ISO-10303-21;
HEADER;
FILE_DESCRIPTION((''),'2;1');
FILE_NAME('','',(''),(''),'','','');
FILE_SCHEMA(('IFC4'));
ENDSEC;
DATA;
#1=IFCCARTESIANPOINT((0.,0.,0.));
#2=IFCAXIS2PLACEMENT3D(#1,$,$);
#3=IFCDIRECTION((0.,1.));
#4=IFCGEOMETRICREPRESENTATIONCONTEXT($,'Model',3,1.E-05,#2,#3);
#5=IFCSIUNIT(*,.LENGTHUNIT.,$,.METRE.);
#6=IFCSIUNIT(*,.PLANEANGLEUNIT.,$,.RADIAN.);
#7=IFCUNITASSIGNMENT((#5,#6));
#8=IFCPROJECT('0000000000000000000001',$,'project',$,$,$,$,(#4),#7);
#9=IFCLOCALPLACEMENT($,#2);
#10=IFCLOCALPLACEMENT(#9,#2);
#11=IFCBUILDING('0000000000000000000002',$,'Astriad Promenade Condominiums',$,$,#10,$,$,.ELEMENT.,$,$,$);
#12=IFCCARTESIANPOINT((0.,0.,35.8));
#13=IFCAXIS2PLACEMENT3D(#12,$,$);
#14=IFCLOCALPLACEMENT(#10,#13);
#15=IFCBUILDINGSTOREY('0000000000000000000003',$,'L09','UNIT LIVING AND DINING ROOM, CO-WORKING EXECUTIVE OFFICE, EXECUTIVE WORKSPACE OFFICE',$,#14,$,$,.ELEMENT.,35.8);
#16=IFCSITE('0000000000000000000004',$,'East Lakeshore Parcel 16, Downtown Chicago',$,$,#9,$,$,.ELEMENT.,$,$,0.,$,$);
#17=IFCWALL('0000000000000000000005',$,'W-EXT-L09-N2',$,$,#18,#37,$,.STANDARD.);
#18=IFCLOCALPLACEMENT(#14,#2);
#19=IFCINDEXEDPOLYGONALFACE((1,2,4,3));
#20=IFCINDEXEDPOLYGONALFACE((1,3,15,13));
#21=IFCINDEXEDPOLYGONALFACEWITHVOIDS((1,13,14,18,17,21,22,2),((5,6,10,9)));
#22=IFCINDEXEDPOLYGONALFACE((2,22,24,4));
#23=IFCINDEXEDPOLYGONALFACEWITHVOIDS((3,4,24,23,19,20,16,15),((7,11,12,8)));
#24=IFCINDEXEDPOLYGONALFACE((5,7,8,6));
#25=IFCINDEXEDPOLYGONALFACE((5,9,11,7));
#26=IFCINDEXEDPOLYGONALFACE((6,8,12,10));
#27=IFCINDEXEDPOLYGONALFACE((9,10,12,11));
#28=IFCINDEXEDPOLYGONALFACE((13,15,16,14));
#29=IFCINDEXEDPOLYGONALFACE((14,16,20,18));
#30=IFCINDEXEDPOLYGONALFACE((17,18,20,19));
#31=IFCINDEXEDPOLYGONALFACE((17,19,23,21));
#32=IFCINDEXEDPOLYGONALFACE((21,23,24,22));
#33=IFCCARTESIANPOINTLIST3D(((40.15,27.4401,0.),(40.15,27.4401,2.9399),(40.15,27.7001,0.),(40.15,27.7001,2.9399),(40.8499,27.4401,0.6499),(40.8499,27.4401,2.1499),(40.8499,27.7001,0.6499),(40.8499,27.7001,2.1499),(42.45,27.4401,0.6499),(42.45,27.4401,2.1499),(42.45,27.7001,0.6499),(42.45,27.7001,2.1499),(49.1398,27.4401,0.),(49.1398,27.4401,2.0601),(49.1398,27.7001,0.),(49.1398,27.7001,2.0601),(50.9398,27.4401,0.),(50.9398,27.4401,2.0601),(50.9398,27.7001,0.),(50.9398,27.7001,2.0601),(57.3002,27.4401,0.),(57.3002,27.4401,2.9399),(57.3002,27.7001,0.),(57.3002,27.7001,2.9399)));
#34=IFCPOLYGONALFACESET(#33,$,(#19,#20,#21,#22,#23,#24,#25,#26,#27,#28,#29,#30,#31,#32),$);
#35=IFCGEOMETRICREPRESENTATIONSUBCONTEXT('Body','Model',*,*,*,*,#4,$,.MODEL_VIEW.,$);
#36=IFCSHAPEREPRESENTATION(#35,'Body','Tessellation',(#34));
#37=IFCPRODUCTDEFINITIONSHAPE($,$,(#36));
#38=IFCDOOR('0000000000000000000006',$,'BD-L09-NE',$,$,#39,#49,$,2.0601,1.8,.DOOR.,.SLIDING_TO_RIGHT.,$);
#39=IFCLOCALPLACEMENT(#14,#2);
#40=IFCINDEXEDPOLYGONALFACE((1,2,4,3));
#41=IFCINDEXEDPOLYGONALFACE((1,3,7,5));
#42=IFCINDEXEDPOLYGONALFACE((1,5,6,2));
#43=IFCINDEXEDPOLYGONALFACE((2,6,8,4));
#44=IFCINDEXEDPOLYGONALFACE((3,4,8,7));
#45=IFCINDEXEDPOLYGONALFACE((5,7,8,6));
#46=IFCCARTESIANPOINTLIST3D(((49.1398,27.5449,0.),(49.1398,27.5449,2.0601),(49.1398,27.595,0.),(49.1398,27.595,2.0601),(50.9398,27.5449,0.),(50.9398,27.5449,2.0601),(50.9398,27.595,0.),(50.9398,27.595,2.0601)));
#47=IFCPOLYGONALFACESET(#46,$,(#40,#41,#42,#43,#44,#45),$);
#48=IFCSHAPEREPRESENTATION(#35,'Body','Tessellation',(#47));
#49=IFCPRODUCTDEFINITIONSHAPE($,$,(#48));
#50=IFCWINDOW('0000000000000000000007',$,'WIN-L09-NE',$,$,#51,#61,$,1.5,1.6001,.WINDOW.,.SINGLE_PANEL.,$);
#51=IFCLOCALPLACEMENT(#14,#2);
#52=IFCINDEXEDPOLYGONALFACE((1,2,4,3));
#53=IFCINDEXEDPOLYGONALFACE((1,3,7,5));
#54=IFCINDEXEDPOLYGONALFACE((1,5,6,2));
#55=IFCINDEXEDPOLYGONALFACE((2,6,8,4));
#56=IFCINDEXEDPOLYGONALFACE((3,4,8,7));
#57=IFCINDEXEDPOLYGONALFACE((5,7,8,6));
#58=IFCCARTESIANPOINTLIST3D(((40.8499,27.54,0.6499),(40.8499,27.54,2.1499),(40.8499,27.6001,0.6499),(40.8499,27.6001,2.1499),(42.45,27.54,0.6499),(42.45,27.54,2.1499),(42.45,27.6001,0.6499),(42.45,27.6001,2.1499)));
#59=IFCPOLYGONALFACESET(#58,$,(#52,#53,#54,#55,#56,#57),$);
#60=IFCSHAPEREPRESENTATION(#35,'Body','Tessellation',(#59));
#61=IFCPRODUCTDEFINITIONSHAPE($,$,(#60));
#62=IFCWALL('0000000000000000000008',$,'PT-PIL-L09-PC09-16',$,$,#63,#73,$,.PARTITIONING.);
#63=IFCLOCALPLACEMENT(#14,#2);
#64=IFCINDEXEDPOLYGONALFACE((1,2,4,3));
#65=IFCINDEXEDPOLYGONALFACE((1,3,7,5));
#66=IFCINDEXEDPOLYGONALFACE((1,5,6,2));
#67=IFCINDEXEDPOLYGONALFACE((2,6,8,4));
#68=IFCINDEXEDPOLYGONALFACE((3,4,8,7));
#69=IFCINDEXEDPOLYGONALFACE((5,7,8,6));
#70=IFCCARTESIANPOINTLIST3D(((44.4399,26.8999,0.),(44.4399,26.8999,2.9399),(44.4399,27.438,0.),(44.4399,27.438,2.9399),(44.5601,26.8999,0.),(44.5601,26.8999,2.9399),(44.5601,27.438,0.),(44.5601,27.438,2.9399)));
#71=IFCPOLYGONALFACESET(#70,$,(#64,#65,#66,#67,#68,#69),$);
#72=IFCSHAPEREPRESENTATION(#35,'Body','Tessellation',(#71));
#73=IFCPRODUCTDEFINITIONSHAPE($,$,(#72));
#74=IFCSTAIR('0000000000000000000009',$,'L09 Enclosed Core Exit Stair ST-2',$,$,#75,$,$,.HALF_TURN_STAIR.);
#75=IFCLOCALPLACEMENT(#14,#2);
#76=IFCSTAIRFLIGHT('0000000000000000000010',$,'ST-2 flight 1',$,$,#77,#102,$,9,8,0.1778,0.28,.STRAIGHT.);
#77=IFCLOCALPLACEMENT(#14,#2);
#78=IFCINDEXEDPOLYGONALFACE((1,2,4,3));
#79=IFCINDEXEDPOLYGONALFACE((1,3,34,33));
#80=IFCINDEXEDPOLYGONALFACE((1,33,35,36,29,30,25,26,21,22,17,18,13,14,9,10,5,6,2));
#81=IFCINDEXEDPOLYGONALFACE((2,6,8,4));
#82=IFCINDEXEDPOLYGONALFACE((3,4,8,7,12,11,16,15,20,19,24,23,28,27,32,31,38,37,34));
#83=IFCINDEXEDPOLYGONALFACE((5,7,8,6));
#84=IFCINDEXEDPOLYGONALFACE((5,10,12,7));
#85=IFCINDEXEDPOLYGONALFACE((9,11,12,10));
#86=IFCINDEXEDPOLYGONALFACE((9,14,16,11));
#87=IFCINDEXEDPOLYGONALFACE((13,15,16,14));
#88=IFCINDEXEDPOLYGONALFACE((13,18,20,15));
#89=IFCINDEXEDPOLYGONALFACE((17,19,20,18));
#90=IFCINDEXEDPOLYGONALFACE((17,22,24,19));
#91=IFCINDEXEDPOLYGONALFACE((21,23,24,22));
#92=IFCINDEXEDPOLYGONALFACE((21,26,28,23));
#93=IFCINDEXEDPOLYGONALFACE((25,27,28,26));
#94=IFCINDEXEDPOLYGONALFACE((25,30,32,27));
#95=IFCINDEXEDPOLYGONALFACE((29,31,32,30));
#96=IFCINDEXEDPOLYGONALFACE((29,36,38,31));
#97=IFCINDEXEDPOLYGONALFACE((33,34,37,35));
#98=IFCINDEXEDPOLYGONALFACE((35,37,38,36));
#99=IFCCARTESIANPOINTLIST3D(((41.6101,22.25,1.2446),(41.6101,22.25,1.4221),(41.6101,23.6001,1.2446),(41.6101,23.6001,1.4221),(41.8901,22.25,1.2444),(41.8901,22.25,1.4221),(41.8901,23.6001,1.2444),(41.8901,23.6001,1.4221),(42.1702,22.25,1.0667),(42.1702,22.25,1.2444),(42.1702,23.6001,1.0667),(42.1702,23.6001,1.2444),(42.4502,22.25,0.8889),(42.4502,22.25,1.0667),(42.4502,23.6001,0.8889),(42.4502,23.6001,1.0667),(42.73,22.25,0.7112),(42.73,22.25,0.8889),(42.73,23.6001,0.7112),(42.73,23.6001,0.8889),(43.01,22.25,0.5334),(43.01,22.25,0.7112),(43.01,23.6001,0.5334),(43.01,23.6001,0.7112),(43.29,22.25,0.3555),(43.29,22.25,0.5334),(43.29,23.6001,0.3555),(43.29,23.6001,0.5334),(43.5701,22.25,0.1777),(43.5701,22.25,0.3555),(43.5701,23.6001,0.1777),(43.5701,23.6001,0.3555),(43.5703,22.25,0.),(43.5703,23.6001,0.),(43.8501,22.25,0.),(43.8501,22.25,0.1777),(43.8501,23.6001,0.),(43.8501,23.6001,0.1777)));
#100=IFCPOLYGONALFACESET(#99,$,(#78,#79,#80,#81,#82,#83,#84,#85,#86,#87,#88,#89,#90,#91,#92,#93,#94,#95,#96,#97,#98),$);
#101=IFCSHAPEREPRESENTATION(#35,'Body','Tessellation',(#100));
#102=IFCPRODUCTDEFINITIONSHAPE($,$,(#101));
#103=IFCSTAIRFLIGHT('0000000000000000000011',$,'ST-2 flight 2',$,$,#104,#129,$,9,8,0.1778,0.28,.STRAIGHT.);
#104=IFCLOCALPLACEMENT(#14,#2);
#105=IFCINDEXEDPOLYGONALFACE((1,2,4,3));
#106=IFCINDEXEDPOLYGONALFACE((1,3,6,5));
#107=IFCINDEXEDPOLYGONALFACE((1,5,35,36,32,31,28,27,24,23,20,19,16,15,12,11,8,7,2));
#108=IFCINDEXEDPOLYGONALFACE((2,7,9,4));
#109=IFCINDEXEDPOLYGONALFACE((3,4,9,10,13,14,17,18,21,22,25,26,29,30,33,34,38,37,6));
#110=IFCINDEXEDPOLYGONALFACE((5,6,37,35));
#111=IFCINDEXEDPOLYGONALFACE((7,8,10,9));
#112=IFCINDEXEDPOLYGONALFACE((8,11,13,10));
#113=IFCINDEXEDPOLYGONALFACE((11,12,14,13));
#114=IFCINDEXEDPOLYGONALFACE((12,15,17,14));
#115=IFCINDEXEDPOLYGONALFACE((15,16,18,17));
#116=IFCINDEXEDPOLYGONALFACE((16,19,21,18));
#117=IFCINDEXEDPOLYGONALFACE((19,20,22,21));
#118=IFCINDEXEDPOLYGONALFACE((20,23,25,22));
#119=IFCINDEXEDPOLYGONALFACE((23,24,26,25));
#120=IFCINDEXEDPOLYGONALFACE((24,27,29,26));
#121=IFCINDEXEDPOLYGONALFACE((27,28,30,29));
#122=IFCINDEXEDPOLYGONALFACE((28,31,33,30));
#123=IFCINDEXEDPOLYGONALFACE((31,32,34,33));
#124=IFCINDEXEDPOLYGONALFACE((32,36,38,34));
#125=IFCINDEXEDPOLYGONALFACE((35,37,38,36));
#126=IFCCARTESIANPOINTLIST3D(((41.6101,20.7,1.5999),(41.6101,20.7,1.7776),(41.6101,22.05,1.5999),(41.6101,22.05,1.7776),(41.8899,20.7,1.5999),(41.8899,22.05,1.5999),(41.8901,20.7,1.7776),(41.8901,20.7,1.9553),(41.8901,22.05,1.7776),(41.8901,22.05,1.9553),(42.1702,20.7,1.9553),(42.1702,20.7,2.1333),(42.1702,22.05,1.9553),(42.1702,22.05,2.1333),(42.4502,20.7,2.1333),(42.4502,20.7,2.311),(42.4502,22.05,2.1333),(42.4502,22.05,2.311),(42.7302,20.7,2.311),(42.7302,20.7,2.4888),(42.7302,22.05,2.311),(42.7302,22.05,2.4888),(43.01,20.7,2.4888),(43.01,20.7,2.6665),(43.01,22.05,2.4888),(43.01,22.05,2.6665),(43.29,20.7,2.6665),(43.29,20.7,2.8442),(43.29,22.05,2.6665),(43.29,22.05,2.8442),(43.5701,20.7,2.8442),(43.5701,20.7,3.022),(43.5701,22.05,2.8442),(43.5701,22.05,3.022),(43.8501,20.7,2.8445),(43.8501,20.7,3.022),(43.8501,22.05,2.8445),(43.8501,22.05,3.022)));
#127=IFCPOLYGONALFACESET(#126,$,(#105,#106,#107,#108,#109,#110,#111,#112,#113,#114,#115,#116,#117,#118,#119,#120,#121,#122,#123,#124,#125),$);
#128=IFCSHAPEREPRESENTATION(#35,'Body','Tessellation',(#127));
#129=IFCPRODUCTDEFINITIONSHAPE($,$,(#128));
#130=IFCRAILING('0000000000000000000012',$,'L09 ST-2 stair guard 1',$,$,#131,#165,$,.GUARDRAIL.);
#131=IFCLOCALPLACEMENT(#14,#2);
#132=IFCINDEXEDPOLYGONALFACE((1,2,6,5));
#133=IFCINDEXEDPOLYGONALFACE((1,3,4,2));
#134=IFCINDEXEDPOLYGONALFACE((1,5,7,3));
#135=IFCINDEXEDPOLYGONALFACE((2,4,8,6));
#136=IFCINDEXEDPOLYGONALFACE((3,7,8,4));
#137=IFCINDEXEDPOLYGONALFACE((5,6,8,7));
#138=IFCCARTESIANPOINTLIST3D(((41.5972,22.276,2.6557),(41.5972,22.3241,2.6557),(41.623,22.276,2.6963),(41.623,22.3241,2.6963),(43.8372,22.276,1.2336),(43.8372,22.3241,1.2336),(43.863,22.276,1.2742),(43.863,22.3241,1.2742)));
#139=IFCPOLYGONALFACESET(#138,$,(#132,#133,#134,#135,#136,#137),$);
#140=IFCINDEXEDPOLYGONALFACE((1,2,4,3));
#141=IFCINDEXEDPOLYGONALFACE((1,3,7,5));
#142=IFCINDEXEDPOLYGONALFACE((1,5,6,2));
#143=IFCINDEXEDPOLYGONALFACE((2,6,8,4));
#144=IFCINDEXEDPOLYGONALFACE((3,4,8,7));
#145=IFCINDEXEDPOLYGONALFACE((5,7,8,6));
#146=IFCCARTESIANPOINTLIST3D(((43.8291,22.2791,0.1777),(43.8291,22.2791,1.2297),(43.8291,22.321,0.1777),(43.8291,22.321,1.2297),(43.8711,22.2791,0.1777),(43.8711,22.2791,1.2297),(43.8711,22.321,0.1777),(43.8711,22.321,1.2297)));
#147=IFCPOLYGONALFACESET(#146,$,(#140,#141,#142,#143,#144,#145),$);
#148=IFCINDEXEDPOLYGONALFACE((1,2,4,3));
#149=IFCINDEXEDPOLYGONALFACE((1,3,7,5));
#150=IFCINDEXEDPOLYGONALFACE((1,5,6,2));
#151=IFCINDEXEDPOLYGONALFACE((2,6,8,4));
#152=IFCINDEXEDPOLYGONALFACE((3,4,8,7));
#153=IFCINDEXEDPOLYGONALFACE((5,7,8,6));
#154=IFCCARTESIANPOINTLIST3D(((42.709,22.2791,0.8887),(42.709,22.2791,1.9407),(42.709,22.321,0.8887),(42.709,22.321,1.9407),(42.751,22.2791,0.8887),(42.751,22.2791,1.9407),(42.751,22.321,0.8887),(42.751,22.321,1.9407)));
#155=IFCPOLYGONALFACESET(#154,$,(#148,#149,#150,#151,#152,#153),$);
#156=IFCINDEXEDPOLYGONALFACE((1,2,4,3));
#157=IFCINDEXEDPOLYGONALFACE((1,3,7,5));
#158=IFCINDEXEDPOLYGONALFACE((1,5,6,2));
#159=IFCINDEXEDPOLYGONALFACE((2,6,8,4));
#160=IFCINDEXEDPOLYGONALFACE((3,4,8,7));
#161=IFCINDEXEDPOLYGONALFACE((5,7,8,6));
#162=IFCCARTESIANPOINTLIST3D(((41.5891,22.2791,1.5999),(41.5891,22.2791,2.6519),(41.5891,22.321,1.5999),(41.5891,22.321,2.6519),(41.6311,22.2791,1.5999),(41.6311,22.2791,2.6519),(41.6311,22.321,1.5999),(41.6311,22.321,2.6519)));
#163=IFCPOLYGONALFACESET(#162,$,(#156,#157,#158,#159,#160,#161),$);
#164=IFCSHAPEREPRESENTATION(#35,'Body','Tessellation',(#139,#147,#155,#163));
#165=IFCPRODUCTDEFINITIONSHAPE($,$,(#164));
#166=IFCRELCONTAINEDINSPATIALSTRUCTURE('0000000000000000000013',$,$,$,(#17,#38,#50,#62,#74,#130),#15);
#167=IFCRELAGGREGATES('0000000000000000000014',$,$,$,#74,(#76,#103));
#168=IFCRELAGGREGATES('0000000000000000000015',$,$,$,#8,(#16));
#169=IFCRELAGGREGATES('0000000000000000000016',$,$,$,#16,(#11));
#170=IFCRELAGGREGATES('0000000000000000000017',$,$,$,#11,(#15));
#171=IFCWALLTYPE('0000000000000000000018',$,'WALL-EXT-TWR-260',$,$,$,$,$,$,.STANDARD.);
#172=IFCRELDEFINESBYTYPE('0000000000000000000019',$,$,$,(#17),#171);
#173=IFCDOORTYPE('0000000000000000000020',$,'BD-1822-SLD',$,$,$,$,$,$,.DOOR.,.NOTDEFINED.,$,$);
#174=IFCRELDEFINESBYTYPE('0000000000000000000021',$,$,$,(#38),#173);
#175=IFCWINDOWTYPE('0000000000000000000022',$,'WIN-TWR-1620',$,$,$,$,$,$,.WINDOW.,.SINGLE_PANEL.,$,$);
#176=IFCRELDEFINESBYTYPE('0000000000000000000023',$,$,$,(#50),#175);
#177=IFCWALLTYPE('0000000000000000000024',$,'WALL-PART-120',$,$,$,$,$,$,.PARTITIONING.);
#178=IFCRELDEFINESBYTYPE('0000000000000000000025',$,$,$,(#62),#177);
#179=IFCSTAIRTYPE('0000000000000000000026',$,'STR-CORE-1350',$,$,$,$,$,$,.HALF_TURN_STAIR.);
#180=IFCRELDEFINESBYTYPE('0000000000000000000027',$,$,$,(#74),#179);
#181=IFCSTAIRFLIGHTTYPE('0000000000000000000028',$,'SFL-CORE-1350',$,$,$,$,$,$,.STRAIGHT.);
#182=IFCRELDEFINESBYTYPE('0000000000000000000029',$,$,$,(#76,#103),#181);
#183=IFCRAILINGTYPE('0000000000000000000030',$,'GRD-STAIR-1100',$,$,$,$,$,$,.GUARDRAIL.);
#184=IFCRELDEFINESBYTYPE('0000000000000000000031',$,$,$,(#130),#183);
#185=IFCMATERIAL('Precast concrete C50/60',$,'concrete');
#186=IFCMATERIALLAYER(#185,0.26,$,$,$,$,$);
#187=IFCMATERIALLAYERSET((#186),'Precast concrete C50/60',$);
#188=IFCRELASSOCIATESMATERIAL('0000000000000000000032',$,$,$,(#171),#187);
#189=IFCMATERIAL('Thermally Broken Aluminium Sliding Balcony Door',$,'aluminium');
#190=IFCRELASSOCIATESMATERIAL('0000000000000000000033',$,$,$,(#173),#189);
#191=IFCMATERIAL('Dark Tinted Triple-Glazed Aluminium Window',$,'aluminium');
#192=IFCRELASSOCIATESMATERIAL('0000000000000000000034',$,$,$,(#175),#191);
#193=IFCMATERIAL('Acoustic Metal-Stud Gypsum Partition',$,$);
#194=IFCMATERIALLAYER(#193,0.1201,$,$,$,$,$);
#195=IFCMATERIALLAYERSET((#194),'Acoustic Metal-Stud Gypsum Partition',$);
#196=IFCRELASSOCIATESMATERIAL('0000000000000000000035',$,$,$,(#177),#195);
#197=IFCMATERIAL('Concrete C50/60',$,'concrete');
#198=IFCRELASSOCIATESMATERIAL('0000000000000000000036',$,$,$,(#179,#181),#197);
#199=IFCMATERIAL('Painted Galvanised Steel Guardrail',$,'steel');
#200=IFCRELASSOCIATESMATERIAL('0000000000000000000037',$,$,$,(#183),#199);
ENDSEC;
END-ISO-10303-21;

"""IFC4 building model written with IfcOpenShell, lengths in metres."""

from ifc_helpers import new_model, si_unit, direction, frame, frame_2d, origin, origin_2d, place, context, subcontext, project, spatial, polyline, rectangle, outline, extrude, source, transform, mapped, material, layer, layer_set, type_object, type_shapes, element, fill, aggregate, save


model = new_model("IFC4")

# Units and contexts
model_context = context("Model", 3, precision=1e-05, world=origin(), true_north=direction((0.0, 1.0)))
body_context = subcontext(model_context, "Body", "Model", "MODEL_VIEW")
ifc_project = project(units=[si_unit("LENGTHUNIT", "METRE"), si_unit("PLANEANGLEUNIT", "RADIAN")], contexts=[model_context])

# Site, building, storey
site_placement = place(None, origin())
site = spatial("IfcSite", under=ifc_project, at=site_placement, Name="East Lakeshore Parcel 16, Downtown Chicago", CompositionType="ELEMENT", RefElevation=0.0)
building_placement = place(site_placement, origin())
building = spatial("IfcBuilding", under=site, at=building_placement, Name="Astriad Promenade Condominiums", CompositionType="ELEMENT")
storey_placement = place(building_placement, frame((0.0, 0.0, 35.8)))
storey = spatial("IfcBuildingStorey", under=building, at=storey_placement, Name="L09", Description="UNIT LIVING AND DINING ROOM, CO-WORKING EXECUTIVE OFFICE, EXECUTIVE WORKSPACE OFFICE", CompositionType="ELEMENT", Elevation=35.8)

# Shared definitions
ifc_material_1 = material(Name="Concrete C50/60", Category="concrete")

# Wall, openings, door, window
ifc_material_2 = material(Name="Precast concrete C50/60", Category="concrete")
ifc_layer_1 = layer(ifc_material_2, 0.26)
ifc_layer_set_1 = layer_set([ifc_layer_1], Name="Precast concrete C50/60")
wall_type_1 = type_object("IfcWallType", Name="WALL-EXT-TWR-260", PredefinedType="STANDARD", material=ifc_layer_set_1)
wall_1_placement = place(storey_placement, frame((40.1499, 27.5701, 0.0), z_axis=(0.0, 0.0, 1.0), x_axis=(1.0, 0.0, 0.0)))
wall_1 = element("IfcWall", 1, at=wall_1_placement, inside=storey, type_object=wall_type_1, Name="W-EXT-L09-N2", PredefinedType="STANDARD", context=body_context, shape_type="SweptSolid", body=[
    extrude(rectangle(XDim=17.1501, YDim=0.26, at=frame_2d((8.5752, 0.0))), origin(), (0.0, 0.0, 1.0), 2.9399),
])
opening_1_placement = place(wall_1_placement, frame((8.99, 0.0, 0.0)))
opening_1 = element("IfcOpeningElement", 2, at=opening_1_placement, cuts=wall_1, PredefinedType="OPENING", context=body_context, shape_type="SweptSolid", body=[
    extrude(rectangle(XDim=1.8, YDim=2.0601, at=frame_2d((0.8999, 1.03))), frame((0.0, 0.1399, 0.0), z_axis=(0.0, -1.0, 0.0), x_axis=(1.0, 0.0, 0.0)), (0.0, 0.0, 1.0), 0.28),
])
opening_2_placement = place(wall_1_placement, frame((0.7, 0.0, 0.6499)))
opening_2 = element("IfcOpeningElement", 3, at=opening_2_placement, cuts=wall_1, PredefinedType="OPENING", context=body_context, shape_type="SweptSolid", body=[
    extrude(rectangle(XDim=1.6001, YDim=1.5, at=frame_2d((0.8, 0.75))), frame((0.0, 0.1399, 0.0), z_axis=(0.0, -1.0, 0.0), x_axis=(1.0, 0.0, 0.0)), (0.0, 0.0, 1.0), 0.28),
])
ifc_material_3 = material(Name="Thermally Broken Aluminium Sliding Balcony Door", Category="aluminium")
door_type_1 = type_object("IfcDoorType", Name="BD-1822-SLD", OperationType="NOTDEFINED", PredefinedType="DOOR", material=ifc_material_3)
shared_shape_1 = source(origin(), body_context, "Body", "SweptSolid", [
    extrude(rectangle(XDim=1.8, YDim=2.0601, at=frame_2d((0.8999, 1.03))), frame((0.0, 0.0249, 0.0), z_axis=(0.0, -1.0, 0.0), x_axis=(1.0, 0.0, 0.0)), (0.0, 0.0, 1.0), 0.05),
])
type_shapes(door_type_1, [shared_shape_1])
door_1_placement = place(opening_1_placement, origin())
door_1 = element("IfcDoor", 4, at=door_1_placement, inside=storey, type_object=door_type_1, Name="BD-L09-NE", OperationType="SLIDING_TO_RIGHT", OverallHeight=2.0601, OverallWidth=1.8, PredefinedType="DOOR", context=body_context, shape_type="MappedRepresentation", body=[
    mapped(shared_shape_1, transform((0.0, 0.0, 0.0), scale=1.0)),
])
fill(opening_1, door_1)
ifc_material_4 = material(Name="Dark Tinted Triple-Glazed Aluminium Window", Category="aluminium")
window_type = type_object("IfcWindowType", Name="WIN-TWR-1620", PartitioningType="SINGLE_PANEL", PredefinedType="WINDOW", material=ifc_material_4)
shared_shape_2 = source(origin(), body_context, "Body", "SweptSolid", [
    extrude(rectangle(XDim=1.6001, YDim=1.5, at=frame_2d((0.8, 0.75))), frame((0.0, 0.03, 0.0), z_axis=(0.0, -1.0, 0.0), x_axis=(1.0, 0.0, 0.0)), (0.0, 0.0, 1.0), 0.0601),
])
type_shapes(window_type, [shared_shape_2])
window_placement = place(opening_2_placement, origin())
window = element("IfcWindow", 5, at=window_placement, inside=storey, type_object=window_type, Name="WIN-L09-NE", OverallHeight=1.5, OverallWidth=1.6001, PartitioningType="SINGLE_PANEL", PredefinedType="WINDOW", context=body_context, shape_type="MappedRepresentation", body=[
    mapped(shared_shape_2, transform((0.0, 0.0, 0.0), scale=1.0)),
])
fill(opening_2, window)

# Wall
ifc_material_5 = material(Name="Acoustic Metal-Stud Gypsum Partition")
ifc_layer_2 = layer(ifc_material_5, 0.1201)
ifc_layer_set_2 = layer_set([ifc_layer_2], Name="Acoustic Metal-Stud Gypsum Partition")
wall_type_2 = type_object("IfcWallType", Name="WALL-PART-120", PredefinedType="PARTITIONING", material=ifc_layer_set_2)
wall_2_placement = place(storey_placement, frame((44.5, 26.8999, 0.0), z_axis=(0.0, 0.0, 1.0), x_axis=(0.0, 1.0, 0.0)))
element("IfcWall", 6, at=wall_2_placement, inside=storey, type_object=wall_type_2, Name="PT-PIL-L09-PC09-16", PredefinedType="PARTITIONING", context=body_context, shape_type="SweptSolid", body=[
    extrude(rectangle(XDim=0.5381, YDim=0.1201, at=frame_2d((0.269, 0.0))), origin(), (0.0, 0.0, 1.0), 2.9399),
])

# Stair, stair flights
stair_type = type_object("IfcStairType", Name="STR-CORE-1350", PredefinedType="HALF_TURN_STAIR", material=ifc_material_1)
stair_placement = place(storey_placement, origin())
stair = element("IfcStair", 7, at=stair_placement, inside=storey, type_object=stair_type, Name="L09 Enclosed Core Exit Stair ST-2", PredefinedType="HALF_TURN_STAIR")
stair_flight_type = type_object("IfcStairFlightType", Name="SFL-CORE-1350", PredefinedType="STRAIGHT", material=ifc_material_1)
shared_shape_3 = source(origin(), body_context, "Body", "SweptSolid", [
    extrude(outline(polyline([(0.0, 0.0), (0.0, 0.1777), (0.28, 0.1777), (0.28, 0.3555), (0.5601, 0.3555), (0.5601, 0.5334), (0.8401, 0.5334), (0.8401, 0.7112), (1.1201, 0.7112), (1.1201, 0.8889), (1.3999, 0.8889), (1.3999, 1.0667), (1.6799, 1.0667), (1.6799, 1.2444), (1.96, 1.2444), (1.96, 1.4221), (2.24, 1.4221), (2.24, 1.6001), (2.24, 1.2446), (0.2798, 0.0), (0.0, 0.0)])), frame((0.0, 0.675, 0.0), z_axis=(0.0, -1.0, 0.0), x_axis=(1.0, 0.0, 0.0)), (0.0, 0.0, 1.0), 1.3501),
])
type_shapes(stair_flight_type, [shared_shape_3])
stair_flight_1_placement = place(storey_placement, frame((43.8501, 22.925, 0.0), z_axis=(0.0, 0.0, 1.0), x_axis=(-1.0, 0.0, 0.0)))
stair_flight_1 = element("IfcStairFlight", 8, at=stair_flight_1_placement, type_object=stair_flight_type, Name="ST-2 flight 1", NumberOfRisers=9, NumberOfTreads=8, PredefinedType="STRAIGHT", RiserHeight=0.1778, TreadLength=0.28, context=body_context, shape_type="MappedRepresentation", body=[
    mapped(shared_shape_3, transform((0.0, 0.0, 0.0), scale=1.0)),
])
stair_flight_2_placement = place(storey_placement, frame((41.6101, 21.375, 1.5999), z_axis=(0.0, 0.0, 1.0), x_axis=(1.0, 0.0, 0.0)))
stair_flight_2 = element("IfcStairFlight", 9, at=stair_flight_2_placement, type_object=stair_flight_type, Name="ST-2 flight 2", NumberOfRisers=9, NumberOfTreads=8, PredefinedType="STRAIGHT", RiserHeight=0.1778, TreadLength=0.28, context=body_context, shape_type="MappedRepresentation", body=[
    mapped(shared_shape_3, transform((0.0, 0.0, 0.0), scale=1.0)),
])
aggregate(stair, [stair_flight_1, stair_flight_2])

# Railing
ifc_material_6 = material(Name="Painted Galvanised Steel Guardrail", Category="steel")
railing_type_1 = type_object("IfcRailingType", Name="GRD-STAIR-1100", PredefinedType="GUARDRAIL", material=ifc_material_6)
shared_shape_4 = source(origin(), body_context, "Body", "SweptSolid", [
    extrude(rectangle(XDim=0.0481, YDim=0.0481, at=origin_2d()), frame((0.0, 0.0, 1.0762), z_axis=(-0.844229, 0.0, 0.535982), x_axis=(0.0, -1.0, 0.0)), (0.0, 0.0, 1.0), 2.6533),
    extrude(rectangle(XDim=0.042, YDim=0.042, at=origin_2d()), origin(), (0.0, 0.0, 1.0), 1.052),
    extrude(rectangle(XDim=0.042, YDim=0.042, at=origin_2d()), frame((-1.1201, 0.0, 0.7109)), (0.0, 0.0, 1.0), 1.052),
    extrude(rectangle(XDim=0.042, YDim=0.042, at=origin_2d()), frame((-2.24, 0.0, 1.4221)), (0.0, 0.0, 1.0), 1.052),
])
railing_1_placement = place(storey_placement, frame((43.8501, 22.3, 0.1777)))
element("IfcRailing", 10, at=railing_1_placement, inside=storey, type_object=railing_type_1, Name="L09 ST-2 stair guard 1", PredefinedType="GUARDRAIL", context=body_context, shape_type="MappedRepresentation", body=[
    mapped(shared_shape_4, transform((0.0, 0.0, 0.0), scale=1.0)),
])

save(model, "model.ifc")
